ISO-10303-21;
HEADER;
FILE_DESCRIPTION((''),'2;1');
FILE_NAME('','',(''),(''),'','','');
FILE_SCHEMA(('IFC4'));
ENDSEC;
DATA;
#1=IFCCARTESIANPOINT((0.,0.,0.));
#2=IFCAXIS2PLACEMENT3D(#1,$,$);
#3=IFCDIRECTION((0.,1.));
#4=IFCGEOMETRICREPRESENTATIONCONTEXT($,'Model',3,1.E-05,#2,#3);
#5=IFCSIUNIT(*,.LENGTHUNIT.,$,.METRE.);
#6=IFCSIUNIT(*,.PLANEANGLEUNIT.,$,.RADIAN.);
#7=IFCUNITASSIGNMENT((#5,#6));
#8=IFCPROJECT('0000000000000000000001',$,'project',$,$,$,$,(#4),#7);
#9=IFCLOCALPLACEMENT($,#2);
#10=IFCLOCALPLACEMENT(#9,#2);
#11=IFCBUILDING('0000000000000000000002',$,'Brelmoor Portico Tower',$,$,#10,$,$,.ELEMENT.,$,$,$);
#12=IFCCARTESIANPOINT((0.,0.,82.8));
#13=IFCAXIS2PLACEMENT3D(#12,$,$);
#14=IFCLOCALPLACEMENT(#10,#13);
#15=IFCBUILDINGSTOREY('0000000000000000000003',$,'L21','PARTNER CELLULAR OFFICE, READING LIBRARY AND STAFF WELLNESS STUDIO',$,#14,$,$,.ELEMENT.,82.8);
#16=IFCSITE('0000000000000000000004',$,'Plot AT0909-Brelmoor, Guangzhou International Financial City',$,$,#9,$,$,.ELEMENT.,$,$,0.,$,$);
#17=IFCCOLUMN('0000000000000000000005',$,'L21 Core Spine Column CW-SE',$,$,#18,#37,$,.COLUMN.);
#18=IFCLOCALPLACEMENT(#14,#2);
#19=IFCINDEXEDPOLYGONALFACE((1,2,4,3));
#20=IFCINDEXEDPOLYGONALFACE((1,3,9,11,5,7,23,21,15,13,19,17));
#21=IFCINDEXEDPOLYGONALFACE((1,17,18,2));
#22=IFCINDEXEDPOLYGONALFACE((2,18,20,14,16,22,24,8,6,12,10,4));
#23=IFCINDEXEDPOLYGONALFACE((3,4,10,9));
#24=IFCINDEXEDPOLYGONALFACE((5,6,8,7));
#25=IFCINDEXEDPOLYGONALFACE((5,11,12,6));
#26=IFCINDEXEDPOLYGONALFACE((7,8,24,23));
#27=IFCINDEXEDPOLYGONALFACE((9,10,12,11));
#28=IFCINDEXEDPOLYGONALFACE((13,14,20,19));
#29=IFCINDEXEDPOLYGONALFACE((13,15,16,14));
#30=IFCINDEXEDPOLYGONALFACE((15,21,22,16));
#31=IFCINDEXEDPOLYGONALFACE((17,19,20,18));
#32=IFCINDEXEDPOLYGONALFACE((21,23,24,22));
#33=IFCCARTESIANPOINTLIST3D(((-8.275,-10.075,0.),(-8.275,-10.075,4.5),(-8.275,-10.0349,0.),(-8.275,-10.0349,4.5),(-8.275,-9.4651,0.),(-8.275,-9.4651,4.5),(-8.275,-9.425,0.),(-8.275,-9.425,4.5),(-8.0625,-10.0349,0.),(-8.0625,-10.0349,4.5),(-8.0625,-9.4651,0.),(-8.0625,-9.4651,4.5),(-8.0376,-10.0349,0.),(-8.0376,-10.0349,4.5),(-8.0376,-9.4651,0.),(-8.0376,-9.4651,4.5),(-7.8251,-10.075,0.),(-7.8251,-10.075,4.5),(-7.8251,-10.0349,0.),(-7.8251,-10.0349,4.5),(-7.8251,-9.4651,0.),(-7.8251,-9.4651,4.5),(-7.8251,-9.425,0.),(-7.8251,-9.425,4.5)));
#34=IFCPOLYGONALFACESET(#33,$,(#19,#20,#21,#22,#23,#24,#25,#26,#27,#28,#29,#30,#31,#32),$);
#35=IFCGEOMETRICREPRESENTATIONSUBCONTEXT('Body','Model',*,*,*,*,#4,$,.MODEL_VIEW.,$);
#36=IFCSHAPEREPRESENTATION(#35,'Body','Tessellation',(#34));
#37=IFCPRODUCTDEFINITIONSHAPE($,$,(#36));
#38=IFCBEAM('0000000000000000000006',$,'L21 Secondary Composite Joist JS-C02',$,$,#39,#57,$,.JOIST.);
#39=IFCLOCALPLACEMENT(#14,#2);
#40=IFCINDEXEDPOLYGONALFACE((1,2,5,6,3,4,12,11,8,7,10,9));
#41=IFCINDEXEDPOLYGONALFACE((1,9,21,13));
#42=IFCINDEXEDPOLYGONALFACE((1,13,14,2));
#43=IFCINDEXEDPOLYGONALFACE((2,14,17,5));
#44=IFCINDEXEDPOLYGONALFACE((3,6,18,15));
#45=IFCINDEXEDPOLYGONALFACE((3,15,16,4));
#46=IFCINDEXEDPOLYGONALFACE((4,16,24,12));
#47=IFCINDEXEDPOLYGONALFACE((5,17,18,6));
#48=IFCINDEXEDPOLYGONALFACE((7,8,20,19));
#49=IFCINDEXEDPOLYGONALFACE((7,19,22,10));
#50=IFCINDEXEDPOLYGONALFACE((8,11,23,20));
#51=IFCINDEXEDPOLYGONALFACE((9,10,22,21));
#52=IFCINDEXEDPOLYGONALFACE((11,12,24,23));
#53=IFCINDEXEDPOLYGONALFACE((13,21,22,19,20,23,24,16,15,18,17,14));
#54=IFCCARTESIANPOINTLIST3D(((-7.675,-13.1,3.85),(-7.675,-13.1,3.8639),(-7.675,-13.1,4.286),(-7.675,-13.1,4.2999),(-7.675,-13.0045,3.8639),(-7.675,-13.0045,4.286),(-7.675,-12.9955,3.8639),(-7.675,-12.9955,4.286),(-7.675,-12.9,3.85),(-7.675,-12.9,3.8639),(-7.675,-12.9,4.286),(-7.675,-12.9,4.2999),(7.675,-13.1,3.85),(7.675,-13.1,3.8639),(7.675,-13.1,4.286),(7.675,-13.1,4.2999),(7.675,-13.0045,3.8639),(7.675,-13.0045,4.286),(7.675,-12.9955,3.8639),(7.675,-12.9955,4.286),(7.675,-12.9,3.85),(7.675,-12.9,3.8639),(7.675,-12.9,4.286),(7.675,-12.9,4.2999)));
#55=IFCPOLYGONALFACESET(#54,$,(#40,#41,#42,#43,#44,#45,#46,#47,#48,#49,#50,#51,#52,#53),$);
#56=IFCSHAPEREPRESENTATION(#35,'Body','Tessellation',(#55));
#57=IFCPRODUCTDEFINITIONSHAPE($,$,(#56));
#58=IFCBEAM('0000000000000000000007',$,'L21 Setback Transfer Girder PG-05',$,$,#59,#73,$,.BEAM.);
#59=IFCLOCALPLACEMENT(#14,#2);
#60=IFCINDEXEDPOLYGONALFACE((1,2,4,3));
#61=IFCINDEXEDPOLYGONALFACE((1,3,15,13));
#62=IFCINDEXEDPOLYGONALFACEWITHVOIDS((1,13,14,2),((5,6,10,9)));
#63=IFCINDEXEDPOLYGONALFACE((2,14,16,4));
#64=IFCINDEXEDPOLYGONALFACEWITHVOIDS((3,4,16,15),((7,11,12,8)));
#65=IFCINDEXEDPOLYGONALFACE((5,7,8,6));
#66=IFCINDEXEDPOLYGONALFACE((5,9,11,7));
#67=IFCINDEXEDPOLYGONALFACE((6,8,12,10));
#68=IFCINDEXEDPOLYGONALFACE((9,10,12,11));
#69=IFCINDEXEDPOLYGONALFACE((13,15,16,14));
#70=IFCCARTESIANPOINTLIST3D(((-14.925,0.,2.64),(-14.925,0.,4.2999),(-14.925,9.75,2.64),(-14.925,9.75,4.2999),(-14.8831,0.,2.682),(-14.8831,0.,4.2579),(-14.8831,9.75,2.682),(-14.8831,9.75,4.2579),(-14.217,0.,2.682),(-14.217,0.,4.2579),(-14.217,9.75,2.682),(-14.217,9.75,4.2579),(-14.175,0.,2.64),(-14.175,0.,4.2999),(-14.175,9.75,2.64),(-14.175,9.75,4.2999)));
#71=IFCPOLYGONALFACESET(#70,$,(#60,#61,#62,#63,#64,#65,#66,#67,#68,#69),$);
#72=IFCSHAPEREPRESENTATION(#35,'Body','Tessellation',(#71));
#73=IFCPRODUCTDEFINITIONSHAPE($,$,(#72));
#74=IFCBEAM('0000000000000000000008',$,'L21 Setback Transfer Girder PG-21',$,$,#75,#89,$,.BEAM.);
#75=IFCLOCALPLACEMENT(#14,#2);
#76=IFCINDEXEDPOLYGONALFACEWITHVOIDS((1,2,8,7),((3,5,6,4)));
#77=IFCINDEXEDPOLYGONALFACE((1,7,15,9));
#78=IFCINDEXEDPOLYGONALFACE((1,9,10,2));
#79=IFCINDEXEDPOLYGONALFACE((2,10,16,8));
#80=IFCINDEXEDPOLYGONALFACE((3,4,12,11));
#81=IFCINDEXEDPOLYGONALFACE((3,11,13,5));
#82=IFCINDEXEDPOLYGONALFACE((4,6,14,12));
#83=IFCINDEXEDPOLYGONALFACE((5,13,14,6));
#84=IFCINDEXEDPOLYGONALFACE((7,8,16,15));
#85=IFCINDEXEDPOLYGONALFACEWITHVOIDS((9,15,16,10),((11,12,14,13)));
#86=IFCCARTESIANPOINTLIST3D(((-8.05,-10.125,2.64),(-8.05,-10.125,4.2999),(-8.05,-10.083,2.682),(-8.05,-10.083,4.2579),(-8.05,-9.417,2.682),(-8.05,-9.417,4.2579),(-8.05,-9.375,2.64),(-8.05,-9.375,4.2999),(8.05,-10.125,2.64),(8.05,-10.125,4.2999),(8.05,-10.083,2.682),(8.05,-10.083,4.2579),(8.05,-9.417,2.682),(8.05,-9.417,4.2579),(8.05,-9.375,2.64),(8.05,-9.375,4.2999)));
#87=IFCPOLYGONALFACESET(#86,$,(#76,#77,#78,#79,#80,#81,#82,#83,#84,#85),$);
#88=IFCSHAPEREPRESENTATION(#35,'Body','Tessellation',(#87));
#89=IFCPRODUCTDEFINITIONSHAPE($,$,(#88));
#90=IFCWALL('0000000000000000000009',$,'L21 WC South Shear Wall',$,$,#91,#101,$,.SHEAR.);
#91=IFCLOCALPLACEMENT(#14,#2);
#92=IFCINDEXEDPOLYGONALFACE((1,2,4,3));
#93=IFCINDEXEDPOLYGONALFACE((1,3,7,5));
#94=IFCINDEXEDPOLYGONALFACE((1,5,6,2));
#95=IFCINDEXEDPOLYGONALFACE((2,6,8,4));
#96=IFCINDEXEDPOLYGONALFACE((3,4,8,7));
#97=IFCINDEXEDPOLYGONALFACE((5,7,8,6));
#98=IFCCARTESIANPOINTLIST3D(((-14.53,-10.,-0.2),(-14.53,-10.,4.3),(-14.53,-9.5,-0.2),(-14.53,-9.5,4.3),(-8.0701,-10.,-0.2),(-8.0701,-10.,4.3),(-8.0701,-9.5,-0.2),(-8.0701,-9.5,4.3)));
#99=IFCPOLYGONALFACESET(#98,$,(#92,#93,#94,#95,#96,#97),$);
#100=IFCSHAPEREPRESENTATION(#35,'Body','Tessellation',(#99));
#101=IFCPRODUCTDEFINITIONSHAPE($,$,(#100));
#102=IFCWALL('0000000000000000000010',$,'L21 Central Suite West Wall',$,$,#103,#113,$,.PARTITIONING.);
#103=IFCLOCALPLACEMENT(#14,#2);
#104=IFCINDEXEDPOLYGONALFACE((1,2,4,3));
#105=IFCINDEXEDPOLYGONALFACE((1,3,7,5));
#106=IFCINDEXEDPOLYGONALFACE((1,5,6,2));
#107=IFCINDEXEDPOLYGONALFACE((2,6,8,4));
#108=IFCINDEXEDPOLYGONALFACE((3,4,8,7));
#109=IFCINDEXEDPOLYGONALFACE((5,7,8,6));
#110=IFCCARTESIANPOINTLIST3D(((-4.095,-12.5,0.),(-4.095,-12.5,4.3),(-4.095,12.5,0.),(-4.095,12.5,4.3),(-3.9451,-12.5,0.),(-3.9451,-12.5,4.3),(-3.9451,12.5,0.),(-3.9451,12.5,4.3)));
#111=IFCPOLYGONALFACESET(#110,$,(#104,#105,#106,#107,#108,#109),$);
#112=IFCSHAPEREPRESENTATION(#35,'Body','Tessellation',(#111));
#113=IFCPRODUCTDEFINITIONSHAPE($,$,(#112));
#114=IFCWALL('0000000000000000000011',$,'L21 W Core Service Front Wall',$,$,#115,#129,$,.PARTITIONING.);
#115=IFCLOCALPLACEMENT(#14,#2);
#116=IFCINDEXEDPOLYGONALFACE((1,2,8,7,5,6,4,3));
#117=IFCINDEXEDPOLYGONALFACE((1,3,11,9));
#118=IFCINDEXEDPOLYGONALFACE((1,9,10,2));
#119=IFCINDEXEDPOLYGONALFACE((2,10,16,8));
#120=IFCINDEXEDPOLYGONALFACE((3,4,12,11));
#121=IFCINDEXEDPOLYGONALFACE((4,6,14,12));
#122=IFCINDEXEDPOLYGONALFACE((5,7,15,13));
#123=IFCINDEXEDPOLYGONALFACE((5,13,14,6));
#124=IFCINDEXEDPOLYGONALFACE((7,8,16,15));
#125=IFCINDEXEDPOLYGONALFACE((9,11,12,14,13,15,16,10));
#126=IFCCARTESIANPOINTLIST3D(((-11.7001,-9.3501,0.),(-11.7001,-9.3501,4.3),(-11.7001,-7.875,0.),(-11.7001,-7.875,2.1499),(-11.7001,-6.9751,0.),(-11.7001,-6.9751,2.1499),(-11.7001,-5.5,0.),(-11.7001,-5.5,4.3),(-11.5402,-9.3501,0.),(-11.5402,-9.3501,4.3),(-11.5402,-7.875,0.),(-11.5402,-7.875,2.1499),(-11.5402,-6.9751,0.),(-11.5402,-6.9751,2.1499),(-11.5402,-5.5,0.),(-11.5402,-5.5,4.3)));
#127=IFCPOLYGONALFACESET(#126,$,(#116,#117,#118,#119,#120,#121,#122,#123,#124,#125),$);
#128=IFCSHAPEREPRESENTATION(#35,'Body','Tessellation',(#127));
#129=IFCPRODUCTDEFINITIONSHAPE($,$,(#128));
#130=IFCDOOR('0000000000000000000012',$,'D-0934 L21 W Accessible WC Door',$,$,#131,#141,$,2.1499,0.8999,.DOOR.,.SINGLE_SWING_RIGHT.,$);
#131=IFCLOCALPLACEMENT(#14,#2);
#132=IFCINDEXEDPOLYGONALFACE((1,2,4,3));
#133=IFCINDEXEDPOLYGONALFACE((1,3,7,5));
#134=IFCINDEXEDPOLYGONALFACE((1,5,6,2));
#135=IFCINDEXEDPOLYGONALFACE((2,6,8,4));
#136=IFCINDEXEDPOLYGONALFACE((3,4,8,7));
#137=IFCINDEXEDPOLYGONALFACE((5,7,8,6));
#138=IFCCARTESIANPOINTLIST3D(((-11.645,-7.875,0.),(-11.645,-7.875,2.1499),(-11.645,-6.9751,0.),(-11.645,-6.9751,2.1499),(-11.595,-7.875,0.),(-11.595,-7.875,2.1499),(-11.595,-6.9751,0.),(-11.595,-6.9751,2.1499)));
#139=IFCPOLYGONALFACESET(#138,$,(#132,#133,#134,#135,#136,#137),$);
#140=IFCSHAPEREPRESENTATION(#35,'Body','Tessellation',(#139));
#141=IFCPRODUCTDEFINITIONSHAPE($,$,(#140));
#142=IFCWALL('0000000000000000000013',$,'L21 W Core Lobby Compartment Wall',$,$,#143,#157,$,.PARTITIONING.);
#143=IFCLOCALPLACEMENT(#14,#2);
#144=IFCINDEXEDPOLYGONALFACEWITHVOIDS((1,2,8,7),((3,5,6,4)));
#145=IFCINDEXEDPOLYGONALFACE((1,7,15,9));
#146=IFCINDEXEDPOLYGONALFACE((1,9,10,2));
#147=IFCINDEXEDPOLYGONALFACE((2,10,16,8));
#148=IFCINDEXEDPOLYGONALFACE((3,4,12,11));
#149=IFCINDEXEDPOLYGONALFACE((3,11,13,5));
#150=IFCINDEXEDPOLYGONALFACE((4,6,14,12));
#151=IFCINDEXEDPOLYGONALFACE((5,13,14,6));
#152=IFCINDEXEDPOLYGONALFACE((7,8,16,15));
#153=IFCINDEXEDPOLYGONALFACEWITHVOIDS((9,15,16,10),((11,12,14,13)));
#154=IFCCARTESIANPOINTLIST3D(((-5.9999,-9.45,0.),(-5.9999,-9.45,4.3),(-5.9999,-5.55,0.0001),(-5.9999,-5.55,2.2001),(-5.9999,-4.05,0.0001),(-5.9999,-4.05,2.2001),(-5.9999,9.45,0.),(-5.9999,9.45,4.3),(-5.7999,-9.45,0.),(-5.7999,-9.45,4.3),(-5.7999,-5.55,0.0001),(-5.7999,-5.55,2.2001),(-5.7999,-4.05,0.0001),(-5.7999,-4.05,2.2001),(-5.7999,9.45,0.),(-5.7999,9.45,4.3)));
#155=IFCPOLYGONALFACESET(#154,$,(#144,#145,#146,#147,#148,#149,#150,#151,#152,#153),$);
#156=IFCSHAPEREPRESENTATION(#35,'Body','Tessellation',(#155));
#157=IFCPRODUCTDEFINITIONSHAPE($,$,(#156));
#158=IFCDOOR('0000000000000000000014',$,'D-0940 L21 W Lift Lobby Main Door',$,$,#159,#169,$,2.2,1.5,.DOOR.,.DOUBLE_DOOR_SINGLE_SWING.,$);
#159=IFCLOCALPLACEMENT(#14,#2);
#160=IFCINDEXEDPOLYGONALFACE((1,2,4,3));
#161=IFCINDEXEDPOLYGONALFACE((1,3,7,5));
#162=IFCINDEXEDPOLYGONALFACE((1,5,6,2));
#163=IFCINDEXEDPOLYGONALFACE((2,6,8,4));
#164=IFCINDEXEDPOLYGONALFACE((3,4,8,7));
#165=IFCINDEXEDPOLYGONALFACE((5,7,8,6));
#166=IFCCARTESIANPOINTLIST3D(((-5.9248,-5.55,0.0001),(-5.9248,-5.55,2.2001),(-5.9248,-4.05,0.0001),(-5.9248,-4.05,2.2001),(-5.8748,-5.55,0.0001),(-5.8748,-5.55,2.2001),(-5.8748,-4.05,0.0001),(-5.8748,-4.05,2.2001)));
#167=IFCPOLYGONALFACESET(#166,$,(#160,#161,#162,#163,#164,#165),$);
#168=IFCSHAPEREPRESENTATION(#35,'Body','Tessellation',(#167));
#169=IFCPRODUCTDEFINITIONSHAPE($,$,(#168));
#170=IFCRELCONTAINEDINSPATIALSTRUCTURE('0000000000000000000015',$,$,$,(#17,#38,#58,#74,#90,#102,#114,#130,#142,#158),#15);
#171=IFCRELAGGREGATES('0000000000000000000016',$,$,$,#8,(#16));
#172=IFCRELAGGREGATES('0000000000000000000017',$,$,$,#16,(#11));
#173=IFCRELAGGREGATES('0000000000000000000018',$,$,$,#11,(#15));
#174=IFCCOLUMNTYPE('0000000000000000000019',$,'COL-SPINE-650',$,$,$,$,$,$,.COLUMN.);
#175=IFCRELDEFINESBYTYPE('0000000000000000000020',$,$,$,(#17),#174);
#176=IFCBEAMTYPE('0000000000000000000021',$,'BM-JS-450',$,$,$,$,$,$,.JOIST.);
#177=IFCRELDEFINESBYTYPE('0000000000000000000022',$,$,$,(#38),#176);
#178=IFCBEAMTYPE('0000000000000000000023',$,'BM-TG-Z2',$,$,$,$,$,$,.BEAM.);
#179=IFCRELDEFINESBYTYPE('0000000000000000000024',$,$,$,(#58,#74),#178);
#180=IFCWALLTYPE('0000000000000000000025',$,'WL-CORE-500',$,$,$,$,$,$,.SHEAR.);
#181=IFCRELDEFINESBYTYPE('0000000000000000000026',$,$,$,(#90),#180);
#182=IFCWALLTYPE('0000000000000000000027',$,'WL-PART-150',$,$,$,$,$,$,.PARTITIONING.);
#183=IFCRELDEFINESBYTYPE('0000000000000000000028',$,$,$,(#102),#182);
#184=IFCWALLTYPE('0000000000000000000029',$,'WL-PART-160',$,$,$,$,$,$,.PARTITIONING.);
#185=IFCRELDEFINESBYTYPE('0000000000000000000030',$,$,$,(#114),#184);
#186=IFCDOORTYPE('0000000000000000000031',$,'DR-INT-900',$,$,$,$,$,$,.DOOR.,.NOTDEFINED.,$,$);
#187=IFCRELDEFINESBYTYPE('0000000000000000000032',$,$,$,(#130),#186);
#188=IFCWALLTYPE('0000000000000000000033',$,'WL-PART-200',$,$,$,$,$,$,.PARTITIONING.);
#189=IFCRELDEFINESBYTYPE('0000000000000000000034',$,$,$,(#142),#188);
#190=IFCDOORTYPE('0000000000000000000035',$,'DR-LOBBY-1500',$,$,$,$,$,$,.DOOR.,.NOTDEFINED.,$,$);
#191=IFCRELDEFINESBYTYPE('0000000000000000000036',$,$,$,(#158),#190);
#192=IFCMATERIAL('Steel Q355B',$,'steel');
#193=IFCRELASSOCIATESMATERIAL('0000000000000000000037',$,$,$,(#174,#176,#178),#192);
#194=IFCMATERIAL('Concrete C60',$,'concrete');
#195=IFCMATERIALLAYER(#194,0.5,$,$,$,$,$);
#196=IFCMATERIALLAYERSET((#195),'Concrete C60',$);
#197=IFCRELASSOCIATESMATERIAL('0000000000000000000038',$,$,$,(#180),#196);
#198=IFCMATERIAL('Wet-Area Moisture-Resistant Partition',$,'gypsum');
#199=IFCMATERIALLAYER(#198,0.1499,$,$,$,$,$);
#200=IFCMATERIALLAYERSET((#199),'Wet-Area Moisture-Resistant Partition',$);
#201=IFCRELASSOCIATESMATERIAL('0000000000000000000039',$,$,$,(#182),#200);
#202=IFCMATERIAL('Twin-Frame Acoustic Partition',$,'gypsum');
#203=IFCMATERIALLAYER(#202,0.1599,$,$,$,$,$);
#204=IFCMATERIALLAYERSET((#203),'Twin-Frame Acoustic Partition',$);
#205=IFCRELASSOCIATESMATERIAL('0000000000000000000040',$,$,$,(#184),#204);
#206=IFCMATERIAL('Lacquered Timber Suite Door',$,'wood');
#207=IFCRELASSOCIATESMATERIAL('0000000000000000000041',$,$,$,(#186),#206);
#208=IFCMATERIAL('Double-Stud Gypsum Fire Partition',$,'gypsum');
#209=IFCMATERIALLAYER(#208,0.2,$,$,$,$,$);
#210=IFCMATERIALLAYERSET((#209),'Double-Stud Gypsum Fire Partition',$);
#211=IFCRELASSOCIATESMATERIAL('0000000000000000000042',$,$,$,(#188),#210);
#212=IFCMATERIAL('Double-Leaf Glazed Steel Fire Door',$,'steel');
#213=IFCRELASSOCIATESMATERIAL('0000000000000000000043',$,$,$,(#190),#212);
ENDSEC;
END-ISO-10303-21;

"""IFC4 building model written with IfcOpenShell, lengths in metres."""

from ifc_helpers import new_model, si_unit, direction, frame, frame_2d, origin, origin_2d, place, context, subcontext, project, spatial, rectangle, hollow_rectangle, i_section, extrude, material, layer, layer_set, material_profile, profile_set, type_object, element, fill, save


model = new_model("IFC4")

# Units and contexts
model_context = context("Model", 3, precision=1e-05, world=origin(), true_north=direction((0.0, 1.0)))
body_context = subcontext(model_context, "Body", "Model", "MODEL_VIEW")
ifc_project = project(units=[si_unit("LENGTHUNIT", "METRE"), si_unit("PLANEANGLEUNIT", "RADIAN")], contexts=[model_context])

# Site, building, storey
site_placement = place(None, origin())
site = spatial("IfcSite", under=ifc_project, at=site_placement, Name="Plot AT0909-Brelmoor, Guangzhou International Financial City", CompositionType="ELEMENT", RefElevation=0.0)
building_placement = place(site_placement, origin())
building = spatial("IfcBuilding", under=site, at=building_placement, Name="Brelmoor Portico Tower", CompositionType="ELEMENT")
storey_placement = place(building_placement, frame((0.0, 0.0, 82.8)))
storey = spatial("IfcBuildingStorey", under=building, at=storey_placement, Name="L21", Description="PARTNER CELLULAR OFFICE, READING LIBRARY AND STAFF WELLNESS STUDIO", CompositionType="ELEMENT", Elevation=82.8)

# Column
ifc_material_1 = material(Name="Steel Q355B", Category="steel")
ifc_material_profile_1 = material_profile(ifc_material_1, i_section(OverallWidth=0.45, OverallDepth=0.6499, WebThickness=0.0249, FlangeThickness=0.04, at=origin_2d()), Name="HW 650x450x25x40")
ifc_profile_set_1 = profile_set([ifc_material_profile_1], Name="Steel Q355B")
column_type = type_object("IfcColumnType", Name="COL-SPINE-650", PredefinedType="COLUMN", material=ifc_profile_set_1)
column_placement = place(storey_placement, frame((-8.05, -9.75, 0.0), z_axis=(0.0, 0.0, 1.0), x_axis=(1.0, 0.0, 0.0)))
element("IfcColumn", 1, at=column_placement, inside=storey, type_object=column_type, Name="L21 Core Spine Column CW-SE", PredefinedType="COLUMN", context=body_context, shape_type="SweptSolid", body=[
    extrude(i_section(OverallWidth=0.45, OverallDepth=0.6499, WebThickness=0.0249, FlangeThickness=0.04, at=origin_2d()), origin(), (0.0, 0.0, 1.0), 4.5),
])

# Beams
ifc_material_profile_2 = material_profile(ifc_material_1, i_section(OverallWidth=0.2, OverallDepth=0.45, WebThickness=0.009, FlangeThickness=0.0139, at=origin_2d()), Name="HN 450x200x9x14")
ifc_profile_set_2 = profile_set([ifc_material_profile_2], Name="Steel Q355B")
beam_type_1 = type_object("IfcBeamType", Name="BM-JS-450", PredefinedType="JOIST", material=ifc_profile_set_2)
beam_1_placement = place(storey_placement, frame((-7.675, -13.0, 4.075), z_axis=(1.0, 0.0, 0.0), x_axis=(0.0, 1.0, 0.0)))
element("IfcBeam", 2, at=beam_1_placement, inside=storey, type_object=beam_type_1, Name="L21 Secondary Composite Joist JS-C02", PredefinedType="JOIST", context=body_context, shape_type="SweptSolid", body=[
    extrude(i_section(OverallWidth=0.2, OverallDepth=0.45, WebThickness=0.009, FlangeThickness=0.0139, at=origin_2d()), origin(), (0.0, 0.0, 1.0), 15.3501),
])
ifc_material_profile_3 = material_profile(ifc_material_1, hollow_rectangle(XDim=0.75, YDim=1.6599, WallThickness=0.042, at=origin_2d()), Name="BOX 750x1660x42")
ifc_profile_set_3 = profile_set([ifc_material_profile_3], Name="Steel Q355B")
beam_type_2 = type_object("IfcBeamType", Name="BM-TG-Z2", PredefinedType="BEAM", material=ifc_profile_set_3)
beam_2_placement = place(storey_placement, frame((-14.55, 0.0, 3.47), z_axis=(0.0, 1.0, 0.0), x_axis=(-1.0, 0.0, 0.0)))
element("IfcBeam", 3, at=beam_2_placement, inside=storey, type_object=beam_type_2, Name="L21 Setback Transfer Girder PG-05", PredefinedType="BEAM", context=body_context, shape_type="SweptSolid", body=[
    extrude(hollow_rectangle(XDim=0.75, YDim=1.6599, WallThickness=0.042, at=origin_2d()), origin(), (0.0, 0.0, 1.0), 9.75),
])
beam_3_placement = place(storey_placement, frame((-8.05, -9.75, 3.47), z_axis=(1.0, 0.0, 0.0), x_axis=(0.0, 1.0, 0.0)))
element("IfcBeam", 4, at=beam_3_placement, inside=storey, type_object=beam_type_2, Name="L21 Setback Transfer Girder PG-21", PredefinedType="BEAM", context=body_context, shape_type="SweptSolid", body=[
    extrude(hollow_rectangle(XDim=0.75, YDim=1.6599, WallThickness=0.042, at=origin_2d()), origin(), (0.0, 0.0, 1.0), 16.1001),
])

# Walls
ifc_material_2 = material(Name="Concrete C60", Category="concrete")
ifc_layer_1 = layer(ifc_material_2, 0.5)
ifc_layer_set_1 = layer_set([ifc_layer_1], Name="Concrete C60")
wall_type_1 = type_object("IfcWallType", Name="WL-CORE-500", PredefinedType="SHEAR", material=ifc_layer_set_1)
wall_1_placement = place(storey_placement, frame((-14.53, -9.75, -0.2), z_axis=(0.0, 0.0, 1.0), x_axis=(1.0, 0.0, 0.0)))
element("IfcWall", 5, at=wall_1_placement, inside=storey, type_object=wall_type_1, Name="L21 WC South Shear Wall", PredefinedType="SHEAR", context=body_context, shape_type="SweptSolid", body=[
    extrude(rectangle(XDim=6.46, YDim=0.5, at=frame_2d((3.23, 0.0))), origin(), (0.0, 0.0, 1.0), 4.5),
])
ifc_material_3 = material(Name="Wet-Area Moisture-Resistant Partition", Category="gypsum")
ifc_layer_2 = layer(ifc_material_3, 0.1499)
ifc_layer_set_2 = layer_set([ifc_layer_2], Name="Wet-Area Moisture-Resistant Partition")
wall_type_2 = type_object("IfcWallType", Name="WL-PART-150", PredefinedType="PARTITIONING", material=ifc_layer_set_2)
wall_2_placement = place(storey_placement, frame((-4.02, -12.5, 0.0), z_axis=(0.0, 0.0, 1.0), x_axis=(0.0, 1.0, 0.0)))
element("IfcWall", 6, at=wall_2_placement, inside=storey, type_object=wall_type_2, Name="L21 Central Suite West Wall", PredefinedType="PARTITIONING", context=body_context, shape_type="SweptSolid", body=[
    extrude(rectangle(XDim=25.0, YDim=0.1499, at=frame_2d((12.5, 0.0))), origin(), (0.0, 0.0, 1.0), 4.3),
])

# Walls, openings, doors
ifc_material_4 = material(Name="Twin-Frame Acoustic Partition", Category="gypsum")
ifc_layer_3 = layer(ifc_material_4, 0.1599)
ifc_layer_set_3 = layer_set([ifc_layer_3], Name="Twin-Frame Acoustic Partition")
wall_type_3 = type_object("IfcWallType", Name="WL-PART-160", PredefinedType="PARTITIONING", material=ifc_layer_set_3)
wall_3_placement = place(storey_placement, frame((-11.6201, -9.3501, 0.0), z_axis=(0.0, 0.0, 1.0), x_axis=(0.0, 1.0, 0.0)))
wall_3 = element("IfcWall", 7, at=wall_3_placement, inside=storey, type_object=wall_type_3, Name="L21 W Core Service Front Wall", PredefinedType="PARTITIONING", context=body_context, shape_type="SweptSolid", body=[
    extrude(rectangle(XDim=3.8501, YDim=0.1599, at=frame_2d((1.925, 0.0))), origin(), (0.0, 0.0, 1.0), 4.3),
])
opening_1_placement = place(wall_3_placement, frame((1.4751, 0.0, 0.0)))
opening_1 = element("IfcOpeningElement", 8, at=opening_1_placement, cuts=wall_3, PredefinedType="OPENING", context=body_context, shape_type="SweptSolid", body=[
    extrude(rectangle(XDim=0.8999, YDim=2.1499, at=frame_2d((0.45, 1.075))), frame((0.0, 0.0898, 0.0), z_axis=(0.0, -1.0, 0.0), x_axis=(1.0, 0.0, 0.0)), (0.0, 0.0, 1.0), 0.1799),
])
ifc_material_5 = material(Name="Lacquered Timber Suite Door", Category="wood")
door_type_1 = type_object("IfcDoorType", Name="DR-INT-900", OperationType="NOTDEFINED", PredefinedType="DOOR", material=ifc_material_5)
door_1_placement = place(opening_1_placement, origin())
door_1 = element("IfcDoor", 9, at=door_1_placement, inside=storey, type_object=door_type_1, Name="D-0934 L21 W Accessible WC Door", OperationType="SINGLE_SWING_RIGHT", OverallHeight=2.1499, OverallWidth=0.8999, PredefinedType="DOOR", context=body_context, shape_type="SweptSolid", body=[
    extrude(rectangle(XDim=0.8999, YDim=2.1499, at=frame_2d((0.45, 1.075))), frame((0.0, 0.0249, 0.0), z_axis=(0.0, -1.0, 0.0), x_axis=(1.0, 0.0, 0.0)), (0.0, 0.0, 1.0), 0.05),
])
fill(opening_1, door_1)
ifc_material_6 = material(Name="Double-Stud Gypsum Fire Partition", Category="gypsum")
ifc_layer_4 = layer(ifc_material_6, 0.2)
ifc_layer_set_4 = layer_set([ifc_layer_4], Name="Double-Stud Gypsum Fire Partition")
wall_type_4 = type_object("IfcWallType", Name="WL-PART-200", PredefinedType="PARTITIONING", material=ifc_layer_set_4)
wall_4_placement = place(storey_placement, frame((-5.8999, -9.45, 0.0), z_axis=(0.0, 0.0, 1.0), x_axis=(0.0, 1.0, 0.0)))
wall_4 = element("IfcWall", 10, at=wall_4_placement, inside=storey, type_object=wall_type_4, Name="L21 W Core Lobby Compartment Wall", PredefinedType="PARTITIONING", context=body_context, shape_type="SweptSolid", body=[
    extrude(rectangle(XDim=18.8999, YDim=0.2, at=frame_2d((9.45, 0.0))), origin(), (0.0, 0.0, 1.0), 4.3),
])
opening_2_placement = place(wall_4_placement, frame((3.8999, 0.0, 0.0)))
opening_2 = element("IfcOpeningElement", 11, at=opening_2_placement, cuts=wall_4, PredefinedType="OPENING", context=body_context, shape_type="SweptSolid", body=[
    extrude(rectangle(XDim=1.5, YDim=2.2, at=frame_2d((0.75, 1.1001))), frame((0.0, 0.1099, 0.0), z_axis=(0.0, -1.0, 0.0), x_axis=(1.0, 0.0, 0.0)), (0.0, 0.0, 1.0), 0.22),
])
ifc_material_7 = material(Name="Double-Leaf Glazed Steel Fire Door", Category="steel")
door_type_2 = type_object("IfcDoorType", Name="DR-LOBBY-1500", OperationType="NOTDEFINED", PredefinedType="DOOR", material=ifc_material_7)
door_2_placement = place(opening_2_placement, origin())
door_2 = element("IfcDoor", 12, at=door_2_placement, inside=storey, type_object=door_type_2, Name="D-0940 L21 W Lift Lobby Main Door", OperationType="DOUBLE_DOOR_SINGLE_SWING", OverallHeight=2.2, OverallWidth=1.5, PredefinedType="DOOR", context=body_context, shape_type="SweptSolid", body=[
    extrude(rectangle(XDim=1.5, YDim=2.2, at=frame_2d((0.75, 1.1001))), frame((0.0, 0.0249, 0.0), z_axis=(0.0, -1.0, 0.0), x_axis=(1.0, 0.0, 0.0)), (0.0, 0.0, 1.0), 0.05),
])
fill(opening_2, door_2)

save(model, "model.ifc")
